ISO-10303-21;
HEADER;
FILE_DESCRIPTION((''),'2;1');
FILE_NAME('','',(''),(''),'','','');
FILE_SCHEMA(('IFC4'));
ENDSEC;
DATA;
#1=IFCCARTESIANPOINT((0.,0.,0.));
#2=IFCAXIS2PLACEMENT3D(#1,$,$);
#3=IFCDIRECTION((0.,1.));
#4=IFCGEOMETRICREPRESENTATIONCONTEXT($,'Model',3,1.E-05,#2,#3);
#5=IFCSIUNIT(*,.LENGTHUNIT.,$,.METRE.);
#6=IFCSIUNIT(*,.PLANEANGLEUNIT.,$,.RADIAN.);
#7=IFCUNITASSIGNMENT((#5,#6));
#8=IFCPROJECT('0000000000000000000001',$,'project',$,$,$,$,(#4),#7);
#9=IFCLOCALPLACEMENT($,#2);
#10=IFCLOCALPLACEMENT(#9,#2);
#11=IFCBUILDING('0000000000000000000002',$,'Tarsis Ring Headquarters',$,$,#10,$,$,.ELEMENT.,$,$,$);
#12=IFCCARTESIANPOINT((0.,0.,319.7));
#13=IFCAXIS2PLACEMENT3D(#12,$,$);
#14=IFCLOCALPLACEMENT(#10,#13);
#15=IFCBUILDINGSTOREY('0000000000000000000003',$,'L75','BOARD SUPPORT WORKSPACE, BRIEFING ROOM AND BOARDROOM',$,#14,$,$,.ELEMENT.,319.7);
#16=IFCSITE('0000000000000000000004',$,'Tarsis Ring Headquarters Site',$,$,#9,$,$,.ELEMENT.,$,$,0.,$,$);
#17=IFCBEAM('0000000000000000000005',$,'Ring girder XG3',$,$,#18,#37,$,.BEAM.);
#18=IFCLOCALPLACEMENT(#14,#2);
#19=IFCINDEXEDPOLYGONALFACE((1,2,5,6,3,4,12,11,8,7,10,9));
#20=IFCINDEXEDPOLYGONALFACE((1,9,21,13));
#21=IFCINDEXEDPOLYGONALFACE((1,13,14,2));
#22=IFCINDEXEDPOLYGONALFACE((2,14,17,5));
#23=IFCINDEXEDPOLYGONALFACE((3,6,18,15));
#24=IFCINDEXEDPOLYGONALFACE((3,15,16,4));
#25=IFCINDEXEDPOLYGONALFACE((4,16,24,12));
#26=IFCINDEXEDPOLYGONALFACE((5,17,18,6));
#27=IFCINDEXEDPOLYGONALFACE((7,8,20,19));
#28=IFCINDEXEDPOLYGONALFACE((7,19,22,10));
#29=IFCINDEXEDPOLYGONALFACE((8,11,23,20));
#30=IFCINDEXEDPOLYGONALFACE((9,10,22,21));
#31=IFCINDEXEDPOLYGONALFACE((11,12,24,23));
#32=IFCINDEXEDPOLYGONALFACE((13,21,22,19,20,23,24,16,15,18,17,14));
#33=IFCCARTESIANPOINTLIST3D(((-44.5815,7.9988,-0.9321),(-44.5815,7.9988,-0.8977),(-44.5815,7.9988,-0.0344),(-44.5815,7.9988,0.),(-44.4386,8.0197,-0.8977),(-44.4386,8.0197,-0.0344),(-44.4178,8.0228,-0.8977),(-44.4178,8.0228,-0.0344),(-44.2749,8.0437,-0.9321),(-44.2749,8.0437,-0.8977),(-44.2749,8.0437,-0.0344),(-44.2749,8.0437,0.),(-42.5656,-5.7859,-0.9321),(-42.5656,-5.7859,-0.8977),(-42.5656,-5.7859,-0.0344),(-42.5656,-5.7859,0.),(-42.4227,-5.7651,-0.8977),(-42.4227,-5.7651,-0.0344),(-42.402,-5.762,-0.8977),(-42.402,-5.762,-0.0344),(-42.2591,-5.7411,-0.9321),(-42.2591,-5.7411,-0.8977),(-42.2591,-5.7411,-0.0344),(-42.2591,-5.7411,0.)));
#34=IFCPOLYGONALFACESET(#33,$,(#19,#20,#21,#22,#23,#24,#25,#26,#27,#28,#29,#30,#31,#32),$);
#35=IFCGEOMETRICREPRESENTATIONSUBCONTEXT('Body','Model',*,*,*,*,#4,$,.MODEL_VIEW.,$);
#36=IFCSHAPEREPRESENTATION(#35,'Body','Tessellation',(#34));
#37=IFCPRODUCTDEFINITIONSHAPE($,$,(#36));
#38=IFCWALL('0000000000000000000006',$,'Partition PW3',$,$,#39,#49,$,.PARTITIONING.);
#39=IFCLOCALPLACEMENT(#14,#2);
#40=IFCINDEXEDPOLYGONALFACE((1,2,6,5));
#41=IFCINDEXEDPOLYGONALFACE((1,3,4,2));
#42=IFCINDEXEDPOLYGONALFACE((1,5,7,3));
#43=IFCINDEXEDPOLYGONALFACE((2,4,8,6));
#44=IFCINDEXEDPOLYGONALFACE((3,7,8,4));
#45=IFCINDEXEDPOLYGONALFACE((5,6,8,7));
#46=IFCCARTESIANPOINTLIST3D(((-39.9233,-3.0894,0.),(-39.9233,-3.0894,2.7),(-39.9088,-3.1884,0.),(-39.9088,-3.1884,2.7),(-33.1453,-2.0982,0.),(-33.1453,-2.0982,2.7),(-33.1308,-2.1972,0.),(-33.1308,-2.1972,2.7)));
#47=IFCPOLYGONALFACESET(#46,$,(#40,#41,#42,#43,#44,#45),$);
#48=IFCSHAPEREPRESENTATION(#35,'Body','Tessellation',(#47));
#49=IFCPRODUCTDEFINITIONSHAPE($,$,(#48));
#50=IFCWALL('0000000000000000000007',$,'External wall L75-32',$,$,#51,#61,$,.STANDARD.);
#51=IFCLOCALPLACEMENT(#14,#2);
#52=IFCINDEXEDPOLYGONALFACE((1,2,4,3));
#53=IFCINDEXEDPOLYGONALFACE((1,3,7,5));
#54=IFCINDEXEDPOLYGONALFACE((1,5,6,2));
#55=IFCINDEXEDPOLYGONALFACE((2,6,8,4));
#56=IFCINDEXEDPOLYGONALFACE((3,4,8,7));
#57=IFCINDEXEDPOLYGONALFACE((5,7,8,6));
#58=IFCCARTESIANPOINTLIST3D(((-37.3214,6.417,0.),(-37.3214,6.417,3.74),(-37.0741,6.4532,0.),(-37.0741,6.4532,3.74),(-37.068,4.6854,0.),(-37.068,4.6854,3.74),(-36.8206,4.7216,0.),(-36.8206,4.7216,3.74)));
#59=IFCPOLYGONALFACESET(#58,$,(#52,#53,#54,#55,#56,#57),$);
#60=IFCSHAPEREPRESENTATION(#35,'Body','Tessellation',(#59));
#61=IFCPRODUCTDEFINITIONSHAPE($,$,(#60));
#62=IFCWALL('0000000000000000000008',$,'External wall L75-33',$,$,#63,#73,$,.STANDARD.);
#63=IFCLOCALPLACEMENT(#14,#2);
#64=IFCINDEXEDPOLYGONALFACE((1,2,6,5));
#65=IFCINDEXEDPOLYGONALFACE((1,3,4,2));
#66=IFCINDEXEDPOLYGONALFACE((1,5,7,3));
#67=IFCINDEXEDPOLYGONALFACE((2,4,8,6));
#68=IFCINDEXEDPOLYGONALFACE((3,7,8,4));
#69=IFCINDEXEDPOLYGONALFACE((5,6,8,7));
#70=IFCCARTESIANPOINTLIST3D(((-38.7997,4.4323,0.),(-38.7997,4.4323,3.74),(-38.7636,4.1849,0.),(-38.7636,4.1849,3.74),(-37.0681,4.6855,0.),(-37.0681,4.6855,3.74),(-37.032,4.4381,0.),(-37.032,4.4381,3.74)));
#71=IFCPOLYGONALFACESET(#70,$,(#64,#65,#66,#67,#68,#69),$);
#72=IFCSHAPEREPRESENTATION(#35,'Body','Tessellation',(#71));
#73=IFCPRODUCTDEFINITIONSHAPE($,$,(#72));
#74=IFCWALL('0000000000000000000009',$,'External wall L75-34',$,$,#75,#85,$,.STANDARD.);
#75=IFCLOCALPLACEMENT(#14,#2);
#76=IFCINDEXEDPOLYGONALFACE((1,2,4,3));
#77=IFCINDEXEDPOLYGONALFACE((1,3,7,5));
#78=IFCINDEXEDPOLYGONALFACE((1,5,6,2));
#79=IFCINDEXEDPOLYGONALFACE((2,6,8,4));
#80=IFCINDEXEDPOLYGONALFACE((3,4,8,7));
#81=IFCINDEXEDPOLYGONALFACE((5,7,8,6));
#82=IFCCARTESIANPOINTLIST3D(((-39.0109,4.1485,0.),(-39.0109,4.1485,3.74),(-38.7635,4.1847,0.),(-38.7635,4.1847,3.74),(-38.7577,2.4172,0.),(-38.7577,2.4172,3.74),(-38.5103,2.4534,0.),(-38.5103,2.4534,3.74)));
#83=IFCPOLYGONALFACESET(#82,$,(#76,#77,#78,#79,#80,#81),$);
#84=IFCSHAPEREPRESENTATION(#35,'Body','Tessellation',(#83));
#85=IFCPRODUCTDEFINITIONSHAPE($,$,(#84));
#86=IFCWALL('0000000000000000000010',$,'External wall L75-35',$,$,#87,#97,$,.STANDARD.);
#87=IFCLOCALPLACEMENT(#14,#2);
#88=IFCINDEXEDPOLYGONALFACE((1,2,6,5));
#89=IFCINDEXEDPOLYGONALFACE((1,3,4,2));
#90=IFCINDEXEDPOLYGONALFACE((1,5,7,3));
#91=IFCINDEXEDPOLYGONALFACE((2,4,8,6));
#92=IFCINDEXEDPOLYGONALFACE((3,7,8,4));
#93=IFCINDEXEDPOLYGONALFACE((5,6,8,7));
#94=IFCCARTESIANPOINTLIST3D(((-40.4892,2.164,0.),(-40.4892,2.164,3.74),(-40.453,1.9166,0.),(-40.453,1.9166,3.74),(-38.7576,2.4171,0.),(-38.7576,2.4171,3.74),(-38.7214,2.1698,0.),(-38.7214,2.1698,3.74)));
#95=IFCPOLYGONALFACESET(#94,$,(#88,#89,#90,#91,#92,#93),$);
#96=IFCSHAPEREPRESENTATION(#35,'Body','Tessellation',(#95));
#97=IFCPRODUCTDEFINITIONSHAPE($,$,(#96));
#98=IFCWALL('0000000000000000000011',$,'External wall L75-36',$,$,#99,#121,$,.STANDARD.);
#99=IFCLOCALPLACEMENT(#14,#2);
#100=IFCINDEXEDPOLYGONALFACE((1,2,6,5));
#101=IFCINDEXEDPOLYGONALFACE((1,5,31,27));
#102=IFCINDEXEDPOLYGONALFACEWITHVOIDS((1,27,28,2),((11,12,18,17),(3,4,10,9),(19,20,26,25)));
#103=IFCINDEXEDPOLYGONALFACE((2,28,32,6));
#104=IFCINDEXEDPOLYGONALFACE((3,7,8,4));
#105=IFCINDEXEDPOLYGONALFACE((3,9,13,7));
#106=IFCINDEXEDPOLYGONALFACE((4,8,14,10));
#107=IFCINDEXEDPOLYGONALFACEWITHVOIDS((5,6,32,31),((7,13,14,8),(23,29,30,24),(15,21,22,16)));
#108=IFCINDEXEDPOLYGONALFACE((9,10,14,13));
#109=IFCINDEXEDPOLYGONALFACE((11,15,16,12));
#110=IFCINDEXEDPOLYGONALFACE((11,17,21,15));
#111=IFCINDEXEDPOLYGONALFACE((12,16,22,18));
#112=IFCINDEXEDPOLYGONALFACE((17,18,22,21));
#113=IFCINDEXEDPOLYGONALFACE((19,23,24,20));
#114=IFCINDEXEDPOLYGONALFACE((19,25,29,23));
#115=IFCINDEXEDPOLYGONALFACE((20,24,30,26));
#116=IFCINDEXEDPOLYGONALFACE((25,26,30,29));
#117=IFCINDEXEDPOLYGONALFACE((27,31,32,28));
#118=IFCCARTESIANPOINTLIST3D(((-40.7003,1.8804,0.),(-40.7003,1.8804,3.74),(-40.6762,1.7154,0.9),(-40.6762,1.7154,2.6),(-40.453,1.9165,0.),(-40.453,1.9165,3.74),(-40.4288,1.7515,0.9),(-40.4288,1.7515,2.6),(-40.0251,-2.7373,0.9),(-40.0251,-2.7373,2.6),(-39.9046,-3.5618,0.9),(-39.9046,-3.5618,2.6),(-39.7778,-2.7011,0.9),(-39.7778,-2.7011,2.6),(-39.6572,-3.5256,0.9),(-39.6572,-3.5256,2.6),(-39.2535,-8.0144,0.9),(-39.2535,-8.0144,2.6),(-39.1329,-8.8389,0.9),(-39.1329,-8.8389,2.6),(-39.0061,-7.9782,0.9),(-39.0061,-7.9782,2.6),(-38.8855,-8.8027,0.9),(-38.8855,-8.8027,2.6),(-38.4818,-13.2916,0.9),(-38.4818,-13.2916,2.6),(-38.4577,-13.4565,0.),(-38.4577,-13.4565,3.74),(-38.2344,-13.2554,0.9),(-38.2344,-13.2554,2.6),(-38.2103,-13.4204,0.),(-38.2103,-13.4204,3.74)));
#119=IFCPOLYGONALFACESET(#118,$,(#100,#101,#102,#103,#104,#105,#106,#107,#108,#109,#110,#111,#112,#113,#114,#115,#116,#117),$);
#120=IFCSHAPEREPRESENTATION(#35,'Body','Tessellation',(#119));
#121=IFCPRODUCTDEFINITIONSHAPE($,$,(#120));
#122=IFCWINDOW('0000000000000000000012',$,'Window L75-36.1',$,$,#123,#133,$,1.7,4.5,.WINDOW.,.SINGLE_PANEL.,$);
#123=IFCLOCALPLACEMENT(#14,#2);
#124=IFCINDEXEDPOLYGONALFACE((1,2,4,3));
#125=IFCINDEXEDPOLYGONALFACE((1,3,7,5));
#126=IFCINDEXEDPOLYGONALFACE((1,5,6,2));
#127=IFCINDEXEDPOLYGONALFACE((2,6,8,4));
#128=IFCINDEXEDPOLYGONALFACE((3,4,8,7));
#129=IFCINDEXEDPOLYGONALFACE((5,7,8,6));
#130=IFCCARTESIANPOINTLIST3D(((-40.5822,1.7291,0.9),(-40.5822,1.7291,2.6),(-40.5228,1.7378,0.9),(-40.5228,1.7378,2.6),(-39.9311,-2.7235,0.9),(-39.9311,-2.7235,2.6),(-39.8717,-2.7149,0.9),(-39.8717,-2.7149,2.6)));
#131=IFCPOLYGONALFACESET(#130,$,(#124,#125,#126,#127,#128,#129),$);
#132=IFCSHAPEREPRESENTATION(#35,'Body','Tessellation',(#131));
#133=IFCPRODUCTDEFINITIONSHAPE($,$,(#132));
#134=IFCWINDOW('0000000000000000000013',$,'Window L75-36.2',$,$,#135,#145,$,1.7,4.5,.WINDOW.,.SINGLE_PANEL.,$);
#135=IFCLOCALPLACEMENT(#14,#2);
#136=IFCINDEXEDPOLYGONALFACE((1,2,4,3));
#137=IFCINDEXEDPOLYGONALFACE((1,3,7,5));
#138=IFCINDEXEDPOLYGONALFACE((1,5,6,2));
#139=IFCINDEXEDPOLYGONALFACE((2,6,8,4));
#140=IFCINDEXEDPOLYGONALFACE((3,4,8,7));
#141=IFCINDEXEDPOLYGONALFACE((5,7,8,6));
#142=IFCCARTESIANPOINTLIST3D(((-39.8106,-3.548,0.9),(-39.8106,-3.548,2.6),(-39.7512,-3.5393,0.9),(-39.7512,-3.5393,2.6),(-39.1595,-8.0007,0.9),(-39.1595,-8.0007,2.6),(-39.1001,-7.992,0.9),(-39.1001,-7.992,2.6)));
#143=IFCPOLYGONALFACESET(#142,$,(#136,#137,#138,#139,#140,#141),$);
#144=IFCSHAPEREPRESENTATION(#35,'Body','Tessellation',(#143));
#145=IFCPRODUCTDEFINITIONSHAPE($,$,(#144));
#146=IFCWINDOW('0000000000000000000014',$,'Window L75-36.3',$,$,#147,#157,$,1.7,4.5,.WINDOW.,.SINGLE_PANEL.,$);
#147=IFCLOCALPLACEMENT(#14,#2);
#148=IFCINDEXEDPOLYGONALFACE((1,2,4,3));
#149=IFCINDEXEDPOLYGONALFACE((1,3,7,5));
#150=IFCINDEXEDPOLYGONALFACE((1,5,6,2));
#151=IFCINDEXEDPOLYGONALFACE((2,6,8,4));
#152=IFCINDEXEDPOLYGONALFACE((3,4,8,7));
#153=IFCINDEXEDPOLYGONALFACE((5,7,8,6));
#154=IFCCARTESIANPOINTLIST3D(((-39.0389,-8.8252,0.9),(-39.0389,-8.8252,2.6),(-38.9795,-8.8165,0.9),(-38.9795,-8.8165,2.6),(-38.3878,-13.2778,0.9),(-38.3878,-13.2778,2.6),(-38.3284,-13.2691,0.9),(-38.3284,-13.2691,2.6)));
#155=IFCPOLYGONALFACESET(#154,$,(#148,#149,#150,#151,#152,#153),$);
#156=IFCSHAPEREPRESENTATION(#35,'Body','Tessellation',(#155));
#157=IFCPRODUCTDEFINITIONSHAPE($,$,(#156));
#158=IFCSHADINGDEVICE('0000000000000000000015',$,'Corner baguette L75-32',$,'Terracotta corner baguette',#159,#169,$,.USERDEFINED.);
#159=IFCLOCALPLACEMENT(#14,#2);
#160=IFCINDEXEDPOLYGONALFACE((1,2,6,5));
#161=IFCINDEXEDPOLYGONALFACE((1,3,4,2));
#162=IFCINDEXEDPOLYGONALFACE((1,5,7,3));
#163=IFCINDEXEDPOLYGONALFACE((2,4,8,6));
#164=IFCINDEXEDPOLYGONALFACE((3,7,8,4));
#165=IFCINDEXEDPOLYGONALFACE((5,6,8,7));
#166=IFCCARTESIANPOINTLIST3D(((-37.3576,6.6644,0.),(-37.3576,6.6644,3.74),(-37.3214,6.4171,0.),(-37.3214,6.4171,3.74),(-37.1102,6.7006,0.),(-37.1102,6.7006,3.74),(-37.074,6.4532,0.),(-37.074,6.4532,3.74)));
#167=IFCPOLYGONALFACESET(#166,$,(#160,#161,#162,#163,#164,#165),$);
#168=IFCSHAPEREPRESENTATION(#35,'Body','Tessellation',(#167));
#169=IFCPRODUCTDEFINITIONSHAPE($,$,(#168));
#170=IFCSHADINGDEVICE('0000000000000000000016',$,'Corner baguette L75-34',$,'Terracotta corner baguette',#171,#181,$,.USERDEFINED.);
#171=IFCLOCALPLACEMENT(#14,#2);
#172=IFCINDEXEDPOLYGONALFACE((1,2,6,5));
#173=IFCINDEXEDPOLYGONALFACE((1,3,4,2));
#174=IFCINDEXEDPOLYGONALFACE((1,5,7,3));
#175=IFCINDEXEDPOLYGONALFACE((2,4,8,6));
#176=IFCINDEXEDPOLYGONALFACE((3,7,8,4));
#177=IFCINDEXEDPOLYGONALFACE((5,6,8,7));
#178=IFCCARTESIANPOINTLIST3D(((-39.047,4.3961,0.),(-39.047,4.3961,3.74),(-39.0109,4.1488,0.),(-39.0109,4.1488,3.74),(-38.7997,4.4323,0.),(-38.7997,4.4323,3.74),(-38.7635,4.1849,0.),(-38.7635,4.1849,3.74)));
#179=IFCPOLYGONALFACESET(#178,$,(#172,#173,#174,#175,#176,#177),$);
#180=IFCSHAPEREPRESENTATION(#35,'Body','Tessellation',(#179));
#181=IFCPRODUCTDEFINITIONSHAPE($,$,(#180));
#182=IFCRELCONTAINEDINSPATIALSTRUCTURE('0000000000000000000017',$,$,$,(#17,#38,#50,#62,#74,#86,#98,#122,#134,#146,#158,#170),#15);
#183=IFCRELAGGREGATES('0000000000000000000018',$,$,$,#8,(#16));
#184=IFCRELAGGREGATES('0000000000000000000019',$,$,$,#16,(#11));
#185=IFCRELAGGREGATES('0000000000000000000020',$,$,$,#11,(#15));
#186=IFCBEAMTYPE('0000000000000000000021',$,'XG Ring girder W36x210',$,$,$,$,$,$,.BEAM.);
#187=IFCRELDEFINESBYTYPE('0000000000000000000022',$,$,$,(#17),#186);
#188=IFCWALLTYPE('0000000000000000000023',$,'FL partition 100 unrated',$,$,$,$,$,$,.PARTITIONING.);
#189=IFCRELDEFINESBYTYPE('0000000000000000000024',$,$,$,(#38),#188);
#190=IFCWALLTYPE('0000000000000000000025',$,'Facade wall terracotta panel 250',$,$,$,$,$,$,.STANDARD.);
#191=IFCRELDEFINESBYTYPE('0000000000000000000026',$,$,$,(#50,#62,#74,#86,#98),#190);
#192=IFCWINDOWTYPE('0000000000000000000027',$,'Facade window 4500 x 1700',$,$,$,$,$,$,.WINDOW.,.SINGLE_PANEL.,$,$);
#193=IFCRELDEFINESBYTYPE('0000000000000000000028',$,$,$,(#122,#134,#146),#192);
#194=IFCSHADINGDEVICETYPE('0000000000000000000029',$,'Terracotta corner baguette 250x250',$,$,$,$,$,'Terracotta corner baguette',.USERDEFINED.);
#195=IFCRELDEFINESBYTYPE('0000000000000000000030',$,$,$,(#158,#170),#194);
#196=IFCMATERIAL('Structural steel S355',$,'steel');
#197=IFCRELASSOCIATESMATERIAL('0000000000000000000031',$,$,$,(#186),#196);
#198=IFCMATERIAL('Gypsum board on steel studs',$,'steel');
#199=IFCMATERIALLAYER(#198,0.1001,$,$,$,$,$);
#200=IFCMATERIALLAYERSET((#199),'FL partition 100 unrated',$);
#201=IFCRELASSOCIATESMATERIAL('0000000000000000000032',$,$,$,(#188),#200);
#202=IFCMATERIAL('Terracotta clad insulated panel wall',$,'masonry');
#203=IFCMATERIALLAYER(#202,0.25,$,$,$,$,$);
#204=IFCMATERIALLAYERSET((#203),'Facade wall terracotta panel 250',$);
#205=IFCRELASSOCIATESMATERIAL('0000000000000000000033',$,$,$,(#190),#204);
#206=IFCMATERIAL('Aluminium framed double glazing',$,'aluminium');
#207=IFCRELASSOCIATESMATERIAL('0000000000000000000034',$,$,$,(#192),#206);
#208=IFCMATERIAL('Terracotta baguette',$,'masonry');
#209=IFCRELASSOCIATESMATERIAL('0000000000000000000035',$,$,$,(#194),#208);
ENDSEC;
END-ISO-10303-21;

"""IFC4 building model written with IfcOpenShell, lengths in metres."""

from ifc_helpers import new_model, si_unit, direction, frame, frame_2d, origin, origin_2d, place, context, subcontext, project, spatial, rectangle, i_section, extrude, material, layer, layer_set, material_profile, profile_set, type_object, element, fill, save


model = new_model("IFC4")

# Units and contexts
model_context = context("Model", 3, precision=1e-05, world=origin(), true_north=direction((0.0, 1.0)))
body_context = subcontext(model_context, "Body", "Model", "MODEL_VIEW")
ifc_project = project(units=[si_unit("LENGTHUNIT", "METRE"), si_unit("PLANEANGLEUNIT", "RADIAN")], contexts=[model_context])

# Site, building, storey
site_placement = place(None, origin())
site = spatial("IfcSite", under=ifc_project, at=site_placement, Name="Tarsis Ring Headquarters Site", CompositionType="ELEMENT", RefElevation=0.0)
building_placement = place(site_placement, origin())
building = spatial("IfcBuilding", under=site, at=building_placement, Name="Tarsis Ring Headquarters", CompositionType="ELEMENT")
storey_placement = place(building_placement, frame((0.0, 0.0, 319.7)))
storey = spatial("IfcBuildingStorey", under=building, at=storey_placement, Name="L75", Description="BOARD SUPPORT WORKSPACE, BRIEFING ROOM AND BOARDROOM", CompositionType="ELEMENT", Elevation=319.7)

# Shared definitions
ifc_material_1 = material(Name="Structural steel S355", Category="steel")

# Beam
ifc_material_profile_1 = material_profile(ifc_material_1, i_section(OverallWidth=0.3098, OverallDepth=0.9321, WebThickness=0.021, FlangeThickness=0.0344, at=origin_2d()), Name="W36x210")
ifc_profile_set_1 = profile_set([ifc_material_profile_1], Name="Structural steel S355")
beam_type_1 = type_object("IfcBeamType", Name="XG Ring girder W36x210", PredefinedType="BEAM", material=ifc_profile_set_1)
beam_1_placement = place(storey_placement, frame((-44.4282, 8.0212, -0.4661), z_axis=(0.144701, -0.989475, 0.0), x_axis=(0.989475, 0.144701, 0.0)))
element("IfcBeam", 1, at=beam_1_placement, inside=storey, type_object=beam_type_1, Name="Ring girder XG3", PredefinedType="BEAM", context=body_context, shape_type="SweptSolid", body=[
    extrude(i_section(OverallWidth=0.3098, OverallDepth=0.9321, WebThickness=0.021, FlangeThickness=0.0344, at=origin_2d()), origin(), (0.0, 0.0, 1.0), 13.9314),
])

# Walls
ifc_material_2 = material(Name="Gypsum board on steel studs", Category="steel")
ifc_layer_1 = layer(ifc_material_2, 0.1001)
ifc_layer_set_1 = layer_set([ifc_layer_1], Name="FL partition 100 unrated")
wall_type_1 = type_object("IfcWallType", Name="FL partition 100 unrated", PredefinedType="PARTITIONING", material=ifc_layer_set_1)
wall_1_placement = place(storey_placement, frame((-39.916, -3.1389, 0.0), z_axis=(0.0, 0.0, 1.0), x_axis=(0.989476, 0.144699, 0.0)))
element("IfcWall", 2, at=wall_1_placement, inside=storey, type_object=wall_type_1, Name="Partition PW3", PredefinedType="PARTITIONING", context=body_context, shape_type="SweptSolid", body=[
    extrude(rectangle(XDim=6.8501, YDim=0.1001, at=frame_2d((3.425, 0.0))), origin(), (0.0, 0.0, 1.0), 2.7),
])
ifc_material_3 = material(Name="Terracotta clad insulated panel wall", Category="masonry")
ifc_layer_2 = layer(ifc_material_3, 0.25)
ifc_layer_set_2 = layer_set([ifc_layer_2], Name="Facade wall terracotta panel 250")
wall_type_2 = type_object("IfcWallType", Name="Facade wall terracotta panel 250", PredefinedType="STANDARD", material=ifc_layer_set_2)
for number, where, z_axis, x_axis, name in (
    (3, (-37.1978, 6.4351, 0.0), (0.0, 0.0, 1.0), (0.144819, -0.989458, 0.0), "External wall L75-32"),
    (4, (-37.05, 4.5618, 0.0), (0.0, 0.0, 1.0), (-0.989481, -0.144663, 0.0), "External wall L75-33"),
):
    element("IfcWall", number, at=place(storey_placement, frame(where, z_axis=z_axis, x_axis=x_axis)), inside=storey, type_object=wall_type_2, Name=name, PredefinedType="STANDARD", context=body_context, shape_type="SweptSolid", body=[
        extrude(rectangle(XDim=1.75, YDim=0.25, at=frame_2d((0.875, 0.0))), origin(), (0.0, 0.0, 1.0), 3.74),
    ])
wall_2_placement = place(storey_placement, frame((-38.8872, 4.1667, 0.0), z_axis=(0.0, 0.0, 1.0), x_axis=(0.144683, -0.989478, 0.0)))
element("IfcWall", 5, at=wall_2_placement, inside=storey, type_object=wall_type_2, Name="External wall L75-34", PredefinedType="STANDARD", context=body_context, shape_type="SweptSolid", body=[
    extrude(rectangle(XDim=1.7498, YDim=0.25, at=frame_2d((0.875, 0.0))), origin(), (0.0, 0.0, 1.0), 3.74),
])
wall_3_placement = place(storey_placement, frame((-38.7395, 2.2935, 0.0), z_axis=(0.0, 0.0, 1.0), x_axis=(-0.989481, -0.144663, 0.0)))
element("IfcWall", 6, at=wall_3_placement, inside=storey, type_object=wall_type_2, Name="External wall L75-35", PredefinedType="STANDARD", context=body_context, shape_type="SweptSolid", body=[
    extrude(rectangle(XDim=1.75, YDim=0.25, at=frame_2d((0.875, 0.0))), origin(), (0.0, 0.0, 1.0), 3.74),
])

# Wall, openings, windows
wall_4_placement = place(storey_placement, frame((-40.5767, 1.8984, 0.0), z_axis=(0.0, 0.0, 1.0), x_axis=(0.144689, -0.989477, 0.0)))
wall_4 = element("IfcWall", 7, at=wall_4_placement, inside=storey, type_object=wall_type_2, Name="External wall L75-36", PredefinedType="STANDARD", context=body_context, shape_type="SweptSolid", body=[
    extrude(rectangle(XDim=15.5, YDim=0.25, at=frame_2d((7.75, 0.0))), origin(), (0.0, 0.0, 1.0), 3.74),
])
opening_1_placement = place(wall_4_placement, frame((0.1667, 0.0, 0.8999)))
opening_1 = element("IfcOpeningElement", 8, at=opening_1_placement, cuts=wall_4, PredefinedType="OPENING", context=body_context, shape_type="SweptSolid", body=[
    extrude(rectangle(XDim=4.5, YDim=1.7, at=frame_2d((2.25, 0.8501))), frame((0.0, 0.135, 0.0), z_axis=(0.0, -1.0, 0.0), x_axis=(1.0, 0.0, 0.0)), (0.0, 0.0, 1.0), 0.27),
])
opening_2_placement = place(wall_4_placement, frame((5.5, 0.0, 0.8999)))
opening_2 = element("IfcOpeningElement", 9, at=opening_2_placement, cuts=wall_4, PredefinedType="OPENING", context=body_context, shape_type="SweptSolid", body=[
    extrude(rectangle(XDim=4.5, YDim=1.7, at=frame_2d((2.25, 0.8501))), frame((0.0, 0.135, 0.0), z_axis=(0.0, -1.0, 0.0), x_axis=(1.0, 0.0, 0.0)), (0.0, 0.0, 1.0), 0.27),
])
opening_3_placement = place(wall_4_placement, frame((10.8333, 0.0, 0.8999)))
opening_3 = element("IfcOpeningElement", 10, at=opening_3_placement, cuts=wall_4, PredefinedType="OPENING", context=body_context, shape_type="SweptSolid", body=[
    extrude(rectangle(XDim=4.5, YDim=1.7, at=frame_2d((2.25, 0.8501))), frame((0.0, 0.135, 0.0), z_axis=(0.0, -1.0, 0.0), x_axis=(1.0, 0.0, 0.0)), (0.0, 0.0, 1.0), 0.27),
])
ifc_material_4 = material(Name="Aluminium framed double glazing", Category="aluminium")
window_type = type_object("IfcWindowType", Name="Facade window 4500 x 1700", PartitioningType="SINGLE_PANEL", PredefinedType="WINDOW", material=ifc_material_4)
window_1_placement = place(opening_1_placement, origin())
window_1 = element("IfcWindow", 11, at=window_1_placement, inside=storey, type_object=window_type, Name="Window L75-36.1", OverallHeight=1.7, OverallWidth=4.5, PartitioningType="SINGLE_PANEL", PredefinedType="WINDOW", context=body_context, shape_type="SweptSolid", body=[
    extrude(rectangle(XDim=4.5, YDim=1.7, at=frame_2d((2.25, 0.8501))), frame((0.0, 0.03, 0.0), z_axis=(0.0, -1.0, 0.0), x_axis=(1.0, 0.0, 0.0)), (0.0, 0.0, 1.0), 0.0601),
])
fill(opening_1, window_1)
window_2_placement = place(opening_2_placement, origin())
window_2 = element("IfcWindow", 12, at=window_2_placement, inside=storey, type_object=window_type, Name="Window L75-36.2", OverallHeight=1.7, OverallWidth=4.5, PartitioningType="SINGLE_PANEL", PredefinedType="WINDOW", context=body_context, shape_type="SweptSolid", body=[
    extrude(rectangle(XDim=4.5, YDim=1.7, at=frame_2d((2.25, 0.8501))), frame((0.0, 0.03, 0.0), z_axis=(0.0, -1.0, 0.0), x_axis=(1.0, 0.0, 0.0)), (0.0, 0.0, 1.0), 0.0601),
])
fill(opening_2, window_2)
window_3_placement = place(opening_3_placement, origin())
window_3 = element("IfcWindow", 13, at=window_3_placement, inside=storey, type_object=window_type, Name="Window L75-36.3", OverallHeight=1.7, OverallWidth=4.5, PartitioningType="SINGLE_PANEL", PredefinedType="WINDOW", context=body_context, shape_type="SweptSolid", body=[
    extrude(rectangle(XDim=4.5, YDim=1.7, at=frame_2d((2.25, 0.8501))), frame((0.0, 0.03, 0.0), z_axis=(0.0, -1.0, 0.0), x_axis=(1.0, 0.0, 0.0)), (0.0, 0.0, 1.0), 0.0601),
])
fill(opening_3, window_3)

# Shading devices
ifc_material_5 = material(Name="Terracotta baguette", Category="masonry")
shading_device_type_1 = type_object("IfcShadingDeviceType", Name="Terracotta corner baguette 250x250", ElementType="Terracotta corner baguette", PredefinedType="USERDEFINED", material=ifc_material_5)
for number, where, z_axis, x_axis, name in (
    (14, (-37.2158, 6.5588, 0.0), (0.0, 0.0, 1.0), (-0.989475, -0.144702, 0.0), "Corner baguette L75-32"),
    (15, (-38.9053, 4.2905, 0.0), (0.0, 0.0, 1.0), (-0.989475, -0.144702, 0.0), "Corner baguette L75-34"),
):
    element("IfcShadingDevice", number, at=place(storey_placement, frame(where, z_axis=z_axis, x_axis=x_axis)), inside=storey, type_object=shading_device_type_1, Name=name, ObjectType="Terracotta corner baguette", PredefinedType="USERDEFINED", context=body_context, shape_type="SweptSolid", body=[
        extrude(rectangle(XDim=0.25, YDim=0.25, at=origin_2d()), origin(), (0.0, 0.0, 1.0), 3.74),
    ])

save(model, "model.ifc")
